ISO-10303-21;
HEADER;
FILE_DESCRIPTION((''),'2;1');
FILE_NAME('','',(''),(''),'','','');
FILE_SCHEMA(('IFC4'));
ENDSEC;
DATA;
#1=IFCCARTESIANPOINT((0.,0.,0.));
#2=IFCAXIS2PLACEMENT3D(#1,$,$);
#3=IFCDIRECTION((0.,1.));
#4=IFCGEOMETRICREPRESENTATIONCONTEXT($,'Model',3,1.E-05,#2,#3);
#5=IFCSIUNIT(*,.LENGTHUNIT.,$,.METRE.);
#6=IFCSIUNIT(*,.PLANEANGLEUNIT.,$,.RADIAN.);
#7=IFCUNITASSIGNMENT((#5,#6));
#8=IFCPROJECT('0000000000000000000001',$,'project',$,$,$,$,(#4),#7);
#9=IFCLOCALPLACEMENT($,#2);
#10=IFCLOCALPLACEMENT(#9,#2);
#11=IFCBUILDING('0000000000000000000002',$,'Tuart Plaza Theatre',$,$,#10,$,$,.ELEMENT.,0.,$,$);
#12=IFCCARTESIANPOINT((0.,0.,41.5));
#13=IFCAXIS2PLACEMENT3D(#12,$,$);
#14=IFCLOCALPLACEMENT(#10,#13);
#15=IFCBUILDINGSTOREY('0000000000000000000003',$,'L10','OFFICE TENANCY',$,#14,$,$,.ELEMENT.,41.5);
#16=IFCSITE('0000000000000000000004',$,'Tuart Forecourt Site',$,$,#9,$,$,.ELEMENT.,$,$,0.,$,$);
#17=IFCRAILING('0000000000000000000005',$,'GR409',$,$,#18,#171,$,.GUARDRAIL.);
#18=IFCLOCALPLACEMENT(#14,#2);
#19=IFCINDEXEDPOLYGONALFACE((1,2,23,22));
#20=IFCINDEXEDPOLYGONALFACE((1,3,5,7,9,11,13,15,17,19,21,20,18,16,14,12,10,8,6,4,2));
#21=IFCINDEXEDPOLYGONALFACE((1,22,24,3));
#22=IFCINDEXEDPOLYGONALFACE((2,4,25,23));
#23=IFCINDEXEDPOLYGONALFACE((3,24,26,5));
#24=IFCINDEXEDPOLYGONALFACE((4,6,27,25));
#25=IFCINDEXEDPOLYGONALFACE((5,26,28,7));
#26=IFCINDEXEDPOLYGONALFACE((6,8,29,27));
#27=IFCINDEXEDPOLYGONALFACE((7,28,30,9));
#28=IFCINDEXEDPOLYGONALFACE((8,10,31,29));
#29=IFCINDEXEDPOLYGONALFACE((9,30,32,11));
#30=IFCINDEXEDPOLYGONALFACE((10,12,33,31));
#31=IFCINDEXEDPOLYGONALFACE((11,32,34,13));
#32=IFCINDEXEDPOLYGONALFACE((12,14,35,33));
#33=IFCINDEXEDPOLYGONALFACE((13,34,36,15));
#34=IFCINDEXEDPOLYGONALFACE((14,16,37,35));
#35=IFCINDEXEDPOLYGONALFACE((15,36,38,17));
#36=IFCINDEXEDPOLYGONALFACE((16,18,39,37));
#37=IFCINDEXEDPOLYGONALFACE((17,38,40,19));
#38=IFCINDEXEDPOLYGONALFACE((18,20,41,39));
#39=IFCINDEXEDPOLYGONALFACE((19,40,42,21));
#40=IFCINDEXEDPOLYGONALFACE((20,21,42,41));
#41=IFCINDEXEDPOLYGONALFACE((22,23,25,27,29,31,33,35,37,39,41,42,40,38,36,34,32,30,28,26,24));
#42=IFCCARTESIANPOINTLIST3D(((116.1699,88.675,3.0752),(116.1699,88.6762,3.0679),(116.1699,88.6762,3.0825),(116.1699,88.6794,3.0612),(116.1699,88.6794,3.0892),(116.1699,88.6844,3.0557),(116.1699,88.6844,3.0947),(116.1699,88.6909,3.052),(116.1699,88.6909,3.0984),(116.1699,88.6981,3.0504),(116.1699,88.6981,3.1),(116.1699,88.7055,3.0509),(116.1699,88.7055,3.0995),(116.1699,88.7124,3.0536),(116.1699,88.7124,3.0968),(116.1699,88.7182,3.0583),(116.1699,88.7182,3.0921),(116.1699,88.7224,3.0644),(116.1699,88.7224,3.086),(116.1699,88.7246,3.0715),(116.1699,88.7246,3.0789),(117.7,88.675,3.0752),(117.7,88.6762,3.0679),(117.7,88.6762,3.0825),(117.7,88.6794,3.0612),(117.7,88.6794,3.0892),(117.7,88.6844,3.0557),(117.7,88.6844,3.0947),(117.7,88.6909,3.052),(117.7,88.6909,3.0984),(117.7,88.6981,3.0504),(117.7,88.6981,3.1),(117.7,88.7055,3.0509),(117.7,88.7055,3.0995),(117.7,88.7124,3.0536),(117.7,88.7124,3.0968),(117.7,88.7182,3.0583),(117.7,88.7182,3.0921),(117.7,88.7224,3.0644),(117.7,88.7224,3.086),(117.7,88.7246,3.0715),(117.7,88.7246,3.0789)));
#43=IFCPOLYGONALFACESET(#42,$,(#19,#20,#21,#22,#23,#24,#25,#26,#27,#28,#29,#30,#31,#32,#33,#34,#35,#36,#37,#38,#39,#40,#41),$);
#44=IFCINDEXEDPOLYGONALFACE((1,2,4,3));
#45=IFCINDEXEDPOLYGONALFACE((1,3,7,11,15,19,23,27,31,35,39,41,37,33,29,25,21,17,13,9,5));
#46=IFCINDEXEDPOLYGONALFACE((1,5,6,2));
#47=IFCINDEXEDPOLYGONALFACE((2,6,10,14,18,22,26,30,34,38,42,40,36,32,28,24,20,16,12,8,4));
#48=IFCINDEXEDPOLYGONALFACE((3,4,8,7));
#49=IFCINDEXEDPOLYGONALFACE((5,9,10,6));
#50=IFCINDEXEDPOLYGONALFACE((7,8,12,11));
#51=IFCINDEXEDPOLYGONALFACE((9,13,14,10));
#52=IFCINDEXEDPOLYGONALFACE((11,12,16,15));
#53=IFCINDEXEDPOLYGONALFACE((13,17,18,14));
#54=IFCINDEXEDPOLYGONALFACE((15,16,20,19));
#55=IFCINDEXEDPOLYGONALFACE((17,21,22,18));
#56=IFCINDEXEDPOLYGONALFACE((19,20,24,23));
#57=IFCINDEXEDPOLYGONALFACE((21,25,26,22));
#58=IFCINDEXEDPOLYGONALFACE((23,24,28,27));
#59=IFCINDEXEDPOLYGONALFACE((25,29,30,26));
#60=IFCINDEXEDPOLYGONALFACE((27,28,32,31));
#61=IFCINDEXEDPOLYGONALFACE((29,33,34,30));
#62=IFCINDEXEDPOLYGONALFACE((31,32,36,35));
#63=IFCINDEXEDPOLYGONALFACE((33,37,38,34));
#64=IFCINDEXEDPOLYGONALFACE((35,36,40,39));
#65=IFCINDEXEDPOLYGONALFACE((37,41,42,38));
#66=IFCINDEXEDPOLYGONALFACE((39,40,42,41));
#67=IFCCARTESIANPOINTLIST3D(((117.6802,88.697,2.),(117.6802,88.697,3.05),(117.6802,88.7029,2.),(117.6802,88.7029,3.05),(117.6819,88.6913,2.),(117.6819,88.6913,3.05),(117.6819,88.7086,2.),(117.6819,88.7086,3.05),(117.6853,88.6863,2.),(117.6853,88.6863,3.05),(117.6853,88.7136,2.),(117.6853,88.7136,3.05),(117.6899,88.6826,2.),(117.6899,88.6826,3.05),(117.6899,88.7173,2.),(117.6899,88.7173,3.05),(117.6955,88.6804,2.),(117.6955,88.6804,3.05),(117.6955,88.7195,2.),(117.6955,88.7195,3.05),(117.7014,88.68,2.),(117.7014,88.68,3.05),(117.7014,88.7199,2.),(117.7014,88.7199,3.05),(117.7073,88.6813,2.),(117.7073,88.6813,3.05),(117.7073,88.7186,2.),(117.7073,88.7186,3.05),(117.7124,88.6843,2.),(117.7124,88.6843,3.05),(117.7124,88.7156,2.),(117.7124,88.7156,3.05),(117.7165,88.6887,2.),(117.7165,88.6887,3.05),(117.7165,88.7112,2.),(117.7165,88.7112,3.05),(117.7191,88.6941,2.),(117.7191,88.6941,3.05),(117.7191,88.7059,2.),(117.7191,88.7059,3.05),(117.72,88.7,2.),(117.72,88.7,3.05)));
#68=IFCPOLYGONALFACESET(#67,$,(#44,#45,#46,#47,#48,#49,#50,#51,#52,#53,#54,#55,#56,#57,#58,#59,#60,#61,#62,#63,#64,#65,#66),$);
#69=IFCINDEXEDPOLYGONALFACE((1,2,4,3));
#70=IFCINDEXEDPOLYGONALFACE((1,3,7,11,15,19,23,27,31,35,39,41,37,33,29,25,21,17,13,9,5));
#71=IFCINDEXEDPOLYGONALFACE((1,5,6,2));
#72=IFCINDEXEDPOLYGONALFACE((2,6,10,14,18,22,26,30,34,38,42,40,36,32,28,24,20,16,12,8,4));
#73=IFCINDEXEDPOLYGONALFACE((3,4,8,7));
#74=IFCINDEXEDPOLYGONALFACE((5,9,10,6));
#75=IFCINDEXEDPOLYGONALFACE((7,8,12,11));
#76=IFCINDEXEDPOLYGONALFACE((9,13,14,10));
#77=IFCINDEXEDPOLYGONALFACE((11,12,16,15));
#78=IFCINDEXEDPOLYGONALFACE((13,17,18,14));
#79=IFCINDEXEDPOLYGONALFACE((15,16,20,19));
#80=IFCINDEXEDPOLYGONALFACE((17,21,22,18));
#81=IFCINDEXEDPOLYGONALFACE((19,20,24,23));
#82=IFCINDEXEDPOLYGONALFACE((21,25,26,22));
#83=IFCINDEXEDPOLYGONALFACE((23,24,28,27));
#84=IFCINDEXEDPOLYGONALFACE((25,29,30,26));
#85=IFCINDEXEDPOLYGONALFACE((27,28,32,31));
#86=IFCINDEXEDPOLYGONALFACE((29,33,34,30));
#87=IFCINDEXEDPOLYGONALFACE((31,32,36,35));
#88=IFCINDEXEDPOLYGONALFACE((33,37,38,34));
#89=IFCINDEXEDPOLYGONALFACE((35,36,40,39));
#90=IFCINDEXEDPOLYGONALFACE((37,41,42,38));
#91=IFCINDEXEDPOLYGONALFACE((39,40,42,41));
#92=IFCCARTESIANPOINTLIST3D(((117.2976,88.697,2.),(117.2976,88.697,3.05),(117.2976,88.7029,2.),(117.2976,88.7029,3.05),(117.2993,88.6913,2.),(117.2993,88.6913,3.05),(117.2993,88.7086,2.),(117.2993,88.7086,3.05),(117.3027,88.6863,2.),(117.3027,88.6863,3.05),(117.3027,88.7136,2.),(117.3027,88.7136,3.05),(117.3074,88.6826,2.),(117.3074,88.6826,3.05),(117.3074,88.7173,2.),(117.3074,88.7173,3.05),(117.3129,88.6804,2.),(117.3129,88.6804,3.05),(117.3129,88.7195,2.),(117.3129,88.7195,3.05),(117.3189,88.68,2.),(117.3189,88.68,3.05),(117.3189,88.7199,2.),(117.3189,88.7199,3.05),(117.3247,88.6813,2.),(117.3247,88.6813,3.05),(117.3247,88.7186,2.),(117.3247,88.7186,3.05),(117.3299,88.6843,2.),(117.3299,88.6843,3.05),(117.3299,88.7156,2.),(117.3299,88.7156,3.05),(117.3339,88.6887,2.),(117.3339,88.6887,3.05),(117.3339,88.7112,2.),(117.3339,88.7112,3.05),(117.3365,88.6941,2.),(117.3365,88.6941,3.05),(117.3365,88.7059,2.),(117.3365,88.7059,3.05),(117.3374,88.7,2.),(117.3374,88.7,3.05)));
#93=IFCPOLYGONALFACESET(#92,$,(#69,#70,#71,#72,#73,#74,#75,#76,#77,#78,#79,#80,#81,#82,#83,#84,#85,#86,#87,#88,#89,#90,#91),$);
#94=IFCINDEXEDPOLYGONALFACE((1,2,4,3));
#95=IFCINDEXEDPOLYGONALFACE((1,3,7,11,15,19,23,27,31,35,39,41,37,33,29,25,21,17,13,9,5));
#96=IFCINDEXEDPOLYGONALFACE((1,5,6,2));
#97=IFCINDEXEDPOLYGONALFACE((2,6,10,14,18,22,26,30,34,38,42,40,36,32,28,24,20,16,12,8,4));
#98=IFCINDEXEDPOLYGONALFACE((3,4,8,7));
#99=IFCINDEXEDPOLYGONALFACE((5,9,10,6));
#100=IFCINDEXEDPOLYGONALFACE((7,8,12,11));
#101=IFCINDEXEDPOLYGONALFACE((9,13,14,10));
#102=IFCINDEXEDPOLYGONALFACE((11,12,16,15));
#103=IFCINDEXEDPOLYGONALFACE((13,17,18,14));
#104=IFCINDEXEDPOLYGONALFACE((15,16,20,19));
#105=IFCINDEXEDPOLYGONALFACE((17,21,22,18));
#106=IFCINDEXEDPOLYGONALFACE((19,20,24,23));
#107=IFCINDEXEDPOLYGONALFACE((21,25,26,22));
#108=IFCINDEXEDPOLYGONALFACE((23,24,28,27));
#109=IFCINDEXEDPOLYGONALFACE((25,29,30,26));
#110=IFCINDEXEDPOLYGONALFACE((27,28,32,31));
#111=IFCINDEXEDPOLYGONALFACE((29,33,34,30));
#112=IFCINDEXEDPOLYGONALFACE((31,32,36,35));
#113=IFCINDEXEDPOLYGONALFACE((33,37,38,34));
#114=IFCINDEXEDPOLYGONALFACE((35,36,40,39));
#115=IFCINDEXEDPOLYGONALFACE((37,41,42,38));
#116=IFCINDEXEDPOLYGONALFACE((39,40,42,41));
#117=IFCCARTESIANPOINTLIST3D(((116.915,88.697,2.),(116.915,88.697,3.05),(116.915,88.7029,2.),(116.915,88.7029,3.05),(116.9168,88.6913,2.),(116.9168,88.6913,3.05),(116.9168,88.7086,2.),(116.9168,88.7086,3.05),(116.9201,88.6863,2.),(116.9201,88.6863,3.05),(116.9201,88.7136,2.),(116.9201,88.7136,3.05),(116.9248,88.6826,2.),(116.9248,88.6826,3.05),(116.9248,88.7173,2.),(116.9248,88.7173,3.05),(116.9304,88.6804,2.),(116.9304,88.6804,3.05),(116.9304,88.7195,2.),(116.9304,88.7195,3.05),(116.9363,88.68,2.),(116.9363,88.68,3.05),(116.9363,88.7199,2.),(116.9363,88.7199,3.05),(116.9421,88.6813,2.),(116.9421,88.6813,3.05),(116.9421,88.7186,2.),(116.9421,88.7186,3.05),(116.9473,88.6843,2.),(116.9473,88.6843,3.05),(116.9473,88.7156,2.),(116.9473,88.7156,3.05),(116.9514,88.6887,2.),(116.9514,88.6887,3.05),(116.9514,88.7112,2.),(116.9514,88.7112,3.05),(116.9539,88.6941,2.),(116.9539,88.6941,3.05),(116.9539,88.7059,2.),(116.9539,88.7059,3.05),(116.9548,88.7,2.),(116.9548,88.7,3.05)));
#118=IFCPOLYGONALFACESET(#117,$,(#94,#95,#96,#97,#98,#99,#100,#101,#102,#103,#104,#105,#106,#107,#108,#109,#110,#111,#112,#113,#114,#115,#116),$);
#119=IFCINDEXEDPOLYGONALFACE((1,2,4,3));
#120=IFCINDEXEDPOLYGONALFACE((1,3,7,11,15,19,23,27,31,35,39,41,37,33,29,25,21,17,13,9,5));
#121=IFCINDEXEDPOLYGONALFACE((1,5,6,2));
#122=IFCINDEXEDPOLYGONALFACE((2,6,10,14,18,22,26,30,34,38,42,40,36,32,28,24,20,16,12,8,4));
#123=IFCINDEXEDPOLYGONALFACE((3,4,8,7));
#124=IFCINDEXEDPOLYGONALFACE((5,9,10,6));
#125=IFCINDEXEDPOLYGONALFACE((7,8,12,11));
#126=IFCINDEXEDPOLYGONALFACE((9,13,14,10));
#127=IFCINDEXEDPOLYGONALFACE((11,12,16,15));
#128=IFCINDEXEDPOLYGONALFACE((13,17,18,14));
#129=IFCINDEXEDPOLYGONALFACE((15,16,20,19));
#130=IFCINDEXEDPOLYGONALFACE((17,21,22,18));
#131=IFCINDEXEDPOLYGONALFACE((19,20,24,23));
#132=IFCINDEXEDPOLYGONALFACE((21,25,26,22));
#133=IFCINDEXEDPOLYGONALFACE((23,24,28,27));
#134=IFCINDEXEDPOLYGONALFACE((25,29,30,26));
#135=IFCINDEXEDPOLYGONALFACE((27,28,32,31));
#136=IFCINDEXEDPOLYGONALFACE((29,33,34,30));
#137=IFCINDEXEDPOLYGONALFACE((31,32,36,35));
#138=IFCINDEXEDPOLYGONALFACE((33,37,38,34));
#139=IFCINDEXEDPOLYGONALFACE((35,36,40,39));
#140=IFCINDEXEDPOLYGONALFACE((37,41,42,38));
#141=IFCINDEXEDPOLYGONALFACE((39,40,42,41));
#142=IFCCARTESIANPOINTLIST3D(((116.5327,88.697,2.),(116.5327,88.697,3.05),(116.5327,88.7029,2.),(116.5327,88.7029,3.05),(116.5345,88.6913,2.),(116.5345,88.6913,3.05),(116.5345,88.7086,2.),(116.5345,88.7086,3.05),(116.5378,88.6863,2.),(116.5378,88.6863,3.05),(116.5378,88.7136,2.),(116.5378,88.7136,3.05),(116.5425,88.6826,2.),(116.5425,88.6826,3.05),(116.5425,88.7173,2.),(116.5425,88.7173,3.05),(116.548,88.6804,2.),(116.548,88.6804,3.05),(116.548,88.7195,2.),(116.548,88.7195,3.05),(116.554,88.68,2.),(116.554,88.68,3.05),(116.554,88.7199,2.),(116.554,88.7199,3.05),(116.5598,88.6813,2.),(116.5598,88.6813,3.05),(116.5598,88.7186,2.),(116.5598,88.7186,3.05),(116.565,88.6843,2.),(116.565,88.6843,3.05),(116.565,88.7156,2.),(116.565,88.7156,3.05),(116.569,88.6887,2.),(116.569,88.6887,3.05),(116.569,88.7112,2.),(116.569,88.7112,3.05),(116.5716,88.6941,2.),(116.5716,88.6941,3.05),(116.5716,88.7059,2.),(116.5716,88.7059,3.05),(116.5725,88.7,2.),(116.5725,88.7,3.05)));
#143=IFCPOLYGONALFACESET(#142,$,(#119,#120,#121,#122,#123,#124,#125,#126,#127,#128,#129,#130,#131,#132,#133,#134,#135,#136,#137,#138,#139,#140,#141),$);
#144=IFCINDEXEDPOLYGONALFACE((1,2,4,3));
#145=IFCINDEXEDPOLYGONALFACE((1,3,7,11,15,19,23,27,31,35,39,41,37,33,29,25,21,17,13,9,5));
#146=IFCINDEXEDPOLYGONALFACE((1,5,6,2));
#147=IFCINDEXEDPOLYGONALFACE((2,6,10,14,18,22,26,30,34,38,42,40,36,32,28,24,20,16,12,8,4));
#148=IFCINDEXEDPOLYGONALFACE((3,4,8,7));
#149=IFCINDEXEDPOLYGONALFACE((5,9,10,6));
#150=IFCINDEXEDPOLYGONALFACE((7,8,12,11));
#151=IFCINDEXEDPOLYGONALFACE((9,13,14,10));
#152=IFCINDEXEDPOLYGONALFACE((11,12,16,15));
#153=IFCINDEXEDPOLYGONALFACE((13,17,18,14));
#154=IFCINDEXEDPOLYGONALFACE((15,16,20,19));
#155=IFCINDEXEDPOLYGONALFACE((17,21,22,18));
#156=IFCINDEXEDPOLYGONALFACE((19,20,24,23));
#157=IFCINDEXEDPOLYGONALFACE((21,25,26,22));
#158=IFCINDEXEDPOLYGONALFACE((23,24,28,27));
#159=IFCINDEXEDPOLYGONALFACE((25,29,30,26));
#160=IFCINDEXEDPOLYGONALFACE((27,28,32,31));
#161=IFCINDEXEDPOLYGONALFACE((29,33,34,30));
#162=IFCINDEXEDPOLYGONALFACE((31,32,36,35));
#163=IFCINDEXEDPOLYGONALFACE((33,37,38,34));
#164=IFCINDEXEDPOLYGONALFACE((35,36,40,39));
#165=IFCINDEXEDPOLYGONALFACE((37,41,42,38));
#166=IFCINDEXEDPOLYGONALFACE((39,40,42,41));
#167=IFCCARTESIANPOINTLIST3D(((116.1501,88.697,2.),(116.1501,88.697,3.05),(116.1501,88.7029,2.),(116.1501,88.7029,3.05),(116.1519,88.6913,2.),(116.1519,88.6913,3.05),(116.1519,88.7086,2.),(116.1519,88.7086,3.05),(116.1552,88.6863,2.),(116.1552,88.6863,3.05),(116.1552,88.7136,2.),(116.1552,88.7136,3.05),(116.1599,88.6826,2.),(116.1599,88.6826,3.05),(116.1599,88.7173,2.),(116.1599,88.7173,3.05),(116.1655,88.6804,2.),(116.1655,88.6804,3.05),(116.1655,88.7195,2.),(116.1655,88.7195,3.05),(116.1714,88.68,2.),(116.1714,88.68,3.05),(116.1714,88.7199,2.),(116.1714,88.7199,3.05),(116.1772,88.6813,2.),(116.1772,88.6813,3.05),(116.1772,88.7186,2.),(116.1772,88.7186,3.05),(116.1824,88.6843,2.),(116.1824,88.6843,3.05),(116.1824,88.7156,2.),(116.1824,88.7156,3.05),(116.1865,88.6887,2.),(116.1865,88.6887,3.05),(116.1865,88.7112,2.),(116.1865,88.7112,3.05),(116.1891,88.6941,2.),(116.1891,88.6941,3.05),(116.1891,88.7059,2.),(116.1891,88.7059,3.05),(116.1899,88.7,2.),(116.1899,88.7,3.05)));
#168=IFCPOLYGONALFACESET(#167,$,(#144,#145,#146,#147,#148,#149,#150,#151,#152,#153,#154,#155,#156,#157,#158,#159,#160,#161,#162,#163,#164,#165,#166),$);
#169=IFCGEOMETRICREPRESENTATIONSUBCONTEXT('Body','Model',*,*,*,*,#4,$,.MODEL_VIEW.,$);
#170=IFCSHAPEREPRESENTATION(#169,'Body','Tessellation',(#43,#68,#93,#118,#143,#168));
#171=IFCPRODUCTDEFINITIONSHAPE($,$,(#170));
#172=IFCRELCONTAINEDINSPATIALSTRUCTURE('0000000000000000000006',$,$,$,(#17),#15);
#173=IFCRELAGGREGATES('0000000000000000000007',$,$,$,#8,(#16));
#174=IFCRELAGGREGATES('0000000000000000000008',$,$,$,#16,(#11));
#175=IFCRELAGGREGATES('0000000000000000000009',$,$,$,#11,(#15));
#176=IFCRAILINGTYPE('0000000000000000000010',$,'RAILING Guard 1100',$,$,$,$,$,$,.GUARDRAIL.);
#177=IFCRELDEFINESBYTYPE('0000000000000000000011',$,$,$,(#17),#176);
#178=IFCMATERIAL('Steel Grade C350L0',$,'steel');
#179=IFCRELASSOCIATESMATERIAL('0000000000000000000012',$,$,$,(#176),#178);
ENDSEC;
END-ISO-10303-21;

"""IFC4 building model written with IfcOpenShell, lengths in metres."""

from ifc_helpers import new_model, si_unit, direction, frame, origin, origin_2d, place, context, subcontext, project, spatial, circle, extrude, material, type_object, element, save


model = new_model("IFC4")

# Units and contexts
model_context = context("Model", 3, precision=1e-05, world=origin(), true_north=direction((0.0, 1.0)))
body_context = subcontext(model_context, "Body", "Model", "MODEL_VIEW")
ifc_project = project(units=[si_unit("LENGTHUNIT", "METRE"), si_unit("PLANEANGLEUNIT", "RADIAN")], contexts=[model_context])

# Site, building, storey
site_placement = place(None, origin())
site = spatial("IfcSite", under=ifc_project, at=site_placement, Name="Tuart Forecourt Site", CompositionType="ELEMENT", RefElevation=0.0)
building_placement = place(site_placement, origin())
building = spatial("IfcBuilding", under=site, at=building_placement, Name="Tuart Plaza Theatre", CompositionType="ELEMENT", ElevationOfRefHeight=0.0)
storey_placement = place(building_placement, frame((0.0, 0.0, 41.5)))
storey = spatial("IfcBuildingStorey", under=building, at=storey_placement, Name="L10", Description="OFFICE TENANCY", CompositionType="ELEMENT", Elevation=41.5)

# Railing
ifc_material_1 = material(Name="Steel Grade C350L0", Category="steel")
railing_type_1 = type_object("IfcRailingType", Name="RAILING Guard 1100", PredefinedType="GUARDRAIL", material=ifc_material_1)
railing_1_placement = place(storey_placement, frame((117.7, 88.7, 2.0)))
element("IfcRailing", 1, at=railing_1_placement, inside=storey, type_object=railing_type_1, Name="GR409", PredefinedType="GUARDRAIL", context=body_context, shape_type="SweptSolid", body=[
    extrude(circle(Radius=0.0249, at=origin_2d()), frame((0.0, 0.0, 1.0752), z_axis=(-1.0, 0.0, 0.0), x_axis=(0.0, -1.0, 0.0)), (0.0, 0.0, 1.0), 1.53),
    extrude(circle(Radius=0.02, at=origin_2d()), origin(), (0.0, 0.0, 1.0), 1.05),
    extrude(circle(Radius=0.02, at=origin_2d()), frame((-0.3826, 0.0, 0.0)), (0.0, 0.0, 1.0), 1.05),
    extrude(circle(Radius=0.02, at=origin_2d()), frame((-0.7651, 0.0, 0.0)), (0.0, 0.0, 1.0), 1.05),
    extrude(circle(Radius=0.02, at=origin_2d()), frame((-1.1475, 0.0, 0.0)), (0.0, 0.0, 1.0), 1.05),
    extrude(circle(Radius=0.02, at=origin_2d()), frame((-1.53, 0.0, 0.0)), (0.0, 0.0, 1.0), 1.05),
])

save(model, "model.ifc")
